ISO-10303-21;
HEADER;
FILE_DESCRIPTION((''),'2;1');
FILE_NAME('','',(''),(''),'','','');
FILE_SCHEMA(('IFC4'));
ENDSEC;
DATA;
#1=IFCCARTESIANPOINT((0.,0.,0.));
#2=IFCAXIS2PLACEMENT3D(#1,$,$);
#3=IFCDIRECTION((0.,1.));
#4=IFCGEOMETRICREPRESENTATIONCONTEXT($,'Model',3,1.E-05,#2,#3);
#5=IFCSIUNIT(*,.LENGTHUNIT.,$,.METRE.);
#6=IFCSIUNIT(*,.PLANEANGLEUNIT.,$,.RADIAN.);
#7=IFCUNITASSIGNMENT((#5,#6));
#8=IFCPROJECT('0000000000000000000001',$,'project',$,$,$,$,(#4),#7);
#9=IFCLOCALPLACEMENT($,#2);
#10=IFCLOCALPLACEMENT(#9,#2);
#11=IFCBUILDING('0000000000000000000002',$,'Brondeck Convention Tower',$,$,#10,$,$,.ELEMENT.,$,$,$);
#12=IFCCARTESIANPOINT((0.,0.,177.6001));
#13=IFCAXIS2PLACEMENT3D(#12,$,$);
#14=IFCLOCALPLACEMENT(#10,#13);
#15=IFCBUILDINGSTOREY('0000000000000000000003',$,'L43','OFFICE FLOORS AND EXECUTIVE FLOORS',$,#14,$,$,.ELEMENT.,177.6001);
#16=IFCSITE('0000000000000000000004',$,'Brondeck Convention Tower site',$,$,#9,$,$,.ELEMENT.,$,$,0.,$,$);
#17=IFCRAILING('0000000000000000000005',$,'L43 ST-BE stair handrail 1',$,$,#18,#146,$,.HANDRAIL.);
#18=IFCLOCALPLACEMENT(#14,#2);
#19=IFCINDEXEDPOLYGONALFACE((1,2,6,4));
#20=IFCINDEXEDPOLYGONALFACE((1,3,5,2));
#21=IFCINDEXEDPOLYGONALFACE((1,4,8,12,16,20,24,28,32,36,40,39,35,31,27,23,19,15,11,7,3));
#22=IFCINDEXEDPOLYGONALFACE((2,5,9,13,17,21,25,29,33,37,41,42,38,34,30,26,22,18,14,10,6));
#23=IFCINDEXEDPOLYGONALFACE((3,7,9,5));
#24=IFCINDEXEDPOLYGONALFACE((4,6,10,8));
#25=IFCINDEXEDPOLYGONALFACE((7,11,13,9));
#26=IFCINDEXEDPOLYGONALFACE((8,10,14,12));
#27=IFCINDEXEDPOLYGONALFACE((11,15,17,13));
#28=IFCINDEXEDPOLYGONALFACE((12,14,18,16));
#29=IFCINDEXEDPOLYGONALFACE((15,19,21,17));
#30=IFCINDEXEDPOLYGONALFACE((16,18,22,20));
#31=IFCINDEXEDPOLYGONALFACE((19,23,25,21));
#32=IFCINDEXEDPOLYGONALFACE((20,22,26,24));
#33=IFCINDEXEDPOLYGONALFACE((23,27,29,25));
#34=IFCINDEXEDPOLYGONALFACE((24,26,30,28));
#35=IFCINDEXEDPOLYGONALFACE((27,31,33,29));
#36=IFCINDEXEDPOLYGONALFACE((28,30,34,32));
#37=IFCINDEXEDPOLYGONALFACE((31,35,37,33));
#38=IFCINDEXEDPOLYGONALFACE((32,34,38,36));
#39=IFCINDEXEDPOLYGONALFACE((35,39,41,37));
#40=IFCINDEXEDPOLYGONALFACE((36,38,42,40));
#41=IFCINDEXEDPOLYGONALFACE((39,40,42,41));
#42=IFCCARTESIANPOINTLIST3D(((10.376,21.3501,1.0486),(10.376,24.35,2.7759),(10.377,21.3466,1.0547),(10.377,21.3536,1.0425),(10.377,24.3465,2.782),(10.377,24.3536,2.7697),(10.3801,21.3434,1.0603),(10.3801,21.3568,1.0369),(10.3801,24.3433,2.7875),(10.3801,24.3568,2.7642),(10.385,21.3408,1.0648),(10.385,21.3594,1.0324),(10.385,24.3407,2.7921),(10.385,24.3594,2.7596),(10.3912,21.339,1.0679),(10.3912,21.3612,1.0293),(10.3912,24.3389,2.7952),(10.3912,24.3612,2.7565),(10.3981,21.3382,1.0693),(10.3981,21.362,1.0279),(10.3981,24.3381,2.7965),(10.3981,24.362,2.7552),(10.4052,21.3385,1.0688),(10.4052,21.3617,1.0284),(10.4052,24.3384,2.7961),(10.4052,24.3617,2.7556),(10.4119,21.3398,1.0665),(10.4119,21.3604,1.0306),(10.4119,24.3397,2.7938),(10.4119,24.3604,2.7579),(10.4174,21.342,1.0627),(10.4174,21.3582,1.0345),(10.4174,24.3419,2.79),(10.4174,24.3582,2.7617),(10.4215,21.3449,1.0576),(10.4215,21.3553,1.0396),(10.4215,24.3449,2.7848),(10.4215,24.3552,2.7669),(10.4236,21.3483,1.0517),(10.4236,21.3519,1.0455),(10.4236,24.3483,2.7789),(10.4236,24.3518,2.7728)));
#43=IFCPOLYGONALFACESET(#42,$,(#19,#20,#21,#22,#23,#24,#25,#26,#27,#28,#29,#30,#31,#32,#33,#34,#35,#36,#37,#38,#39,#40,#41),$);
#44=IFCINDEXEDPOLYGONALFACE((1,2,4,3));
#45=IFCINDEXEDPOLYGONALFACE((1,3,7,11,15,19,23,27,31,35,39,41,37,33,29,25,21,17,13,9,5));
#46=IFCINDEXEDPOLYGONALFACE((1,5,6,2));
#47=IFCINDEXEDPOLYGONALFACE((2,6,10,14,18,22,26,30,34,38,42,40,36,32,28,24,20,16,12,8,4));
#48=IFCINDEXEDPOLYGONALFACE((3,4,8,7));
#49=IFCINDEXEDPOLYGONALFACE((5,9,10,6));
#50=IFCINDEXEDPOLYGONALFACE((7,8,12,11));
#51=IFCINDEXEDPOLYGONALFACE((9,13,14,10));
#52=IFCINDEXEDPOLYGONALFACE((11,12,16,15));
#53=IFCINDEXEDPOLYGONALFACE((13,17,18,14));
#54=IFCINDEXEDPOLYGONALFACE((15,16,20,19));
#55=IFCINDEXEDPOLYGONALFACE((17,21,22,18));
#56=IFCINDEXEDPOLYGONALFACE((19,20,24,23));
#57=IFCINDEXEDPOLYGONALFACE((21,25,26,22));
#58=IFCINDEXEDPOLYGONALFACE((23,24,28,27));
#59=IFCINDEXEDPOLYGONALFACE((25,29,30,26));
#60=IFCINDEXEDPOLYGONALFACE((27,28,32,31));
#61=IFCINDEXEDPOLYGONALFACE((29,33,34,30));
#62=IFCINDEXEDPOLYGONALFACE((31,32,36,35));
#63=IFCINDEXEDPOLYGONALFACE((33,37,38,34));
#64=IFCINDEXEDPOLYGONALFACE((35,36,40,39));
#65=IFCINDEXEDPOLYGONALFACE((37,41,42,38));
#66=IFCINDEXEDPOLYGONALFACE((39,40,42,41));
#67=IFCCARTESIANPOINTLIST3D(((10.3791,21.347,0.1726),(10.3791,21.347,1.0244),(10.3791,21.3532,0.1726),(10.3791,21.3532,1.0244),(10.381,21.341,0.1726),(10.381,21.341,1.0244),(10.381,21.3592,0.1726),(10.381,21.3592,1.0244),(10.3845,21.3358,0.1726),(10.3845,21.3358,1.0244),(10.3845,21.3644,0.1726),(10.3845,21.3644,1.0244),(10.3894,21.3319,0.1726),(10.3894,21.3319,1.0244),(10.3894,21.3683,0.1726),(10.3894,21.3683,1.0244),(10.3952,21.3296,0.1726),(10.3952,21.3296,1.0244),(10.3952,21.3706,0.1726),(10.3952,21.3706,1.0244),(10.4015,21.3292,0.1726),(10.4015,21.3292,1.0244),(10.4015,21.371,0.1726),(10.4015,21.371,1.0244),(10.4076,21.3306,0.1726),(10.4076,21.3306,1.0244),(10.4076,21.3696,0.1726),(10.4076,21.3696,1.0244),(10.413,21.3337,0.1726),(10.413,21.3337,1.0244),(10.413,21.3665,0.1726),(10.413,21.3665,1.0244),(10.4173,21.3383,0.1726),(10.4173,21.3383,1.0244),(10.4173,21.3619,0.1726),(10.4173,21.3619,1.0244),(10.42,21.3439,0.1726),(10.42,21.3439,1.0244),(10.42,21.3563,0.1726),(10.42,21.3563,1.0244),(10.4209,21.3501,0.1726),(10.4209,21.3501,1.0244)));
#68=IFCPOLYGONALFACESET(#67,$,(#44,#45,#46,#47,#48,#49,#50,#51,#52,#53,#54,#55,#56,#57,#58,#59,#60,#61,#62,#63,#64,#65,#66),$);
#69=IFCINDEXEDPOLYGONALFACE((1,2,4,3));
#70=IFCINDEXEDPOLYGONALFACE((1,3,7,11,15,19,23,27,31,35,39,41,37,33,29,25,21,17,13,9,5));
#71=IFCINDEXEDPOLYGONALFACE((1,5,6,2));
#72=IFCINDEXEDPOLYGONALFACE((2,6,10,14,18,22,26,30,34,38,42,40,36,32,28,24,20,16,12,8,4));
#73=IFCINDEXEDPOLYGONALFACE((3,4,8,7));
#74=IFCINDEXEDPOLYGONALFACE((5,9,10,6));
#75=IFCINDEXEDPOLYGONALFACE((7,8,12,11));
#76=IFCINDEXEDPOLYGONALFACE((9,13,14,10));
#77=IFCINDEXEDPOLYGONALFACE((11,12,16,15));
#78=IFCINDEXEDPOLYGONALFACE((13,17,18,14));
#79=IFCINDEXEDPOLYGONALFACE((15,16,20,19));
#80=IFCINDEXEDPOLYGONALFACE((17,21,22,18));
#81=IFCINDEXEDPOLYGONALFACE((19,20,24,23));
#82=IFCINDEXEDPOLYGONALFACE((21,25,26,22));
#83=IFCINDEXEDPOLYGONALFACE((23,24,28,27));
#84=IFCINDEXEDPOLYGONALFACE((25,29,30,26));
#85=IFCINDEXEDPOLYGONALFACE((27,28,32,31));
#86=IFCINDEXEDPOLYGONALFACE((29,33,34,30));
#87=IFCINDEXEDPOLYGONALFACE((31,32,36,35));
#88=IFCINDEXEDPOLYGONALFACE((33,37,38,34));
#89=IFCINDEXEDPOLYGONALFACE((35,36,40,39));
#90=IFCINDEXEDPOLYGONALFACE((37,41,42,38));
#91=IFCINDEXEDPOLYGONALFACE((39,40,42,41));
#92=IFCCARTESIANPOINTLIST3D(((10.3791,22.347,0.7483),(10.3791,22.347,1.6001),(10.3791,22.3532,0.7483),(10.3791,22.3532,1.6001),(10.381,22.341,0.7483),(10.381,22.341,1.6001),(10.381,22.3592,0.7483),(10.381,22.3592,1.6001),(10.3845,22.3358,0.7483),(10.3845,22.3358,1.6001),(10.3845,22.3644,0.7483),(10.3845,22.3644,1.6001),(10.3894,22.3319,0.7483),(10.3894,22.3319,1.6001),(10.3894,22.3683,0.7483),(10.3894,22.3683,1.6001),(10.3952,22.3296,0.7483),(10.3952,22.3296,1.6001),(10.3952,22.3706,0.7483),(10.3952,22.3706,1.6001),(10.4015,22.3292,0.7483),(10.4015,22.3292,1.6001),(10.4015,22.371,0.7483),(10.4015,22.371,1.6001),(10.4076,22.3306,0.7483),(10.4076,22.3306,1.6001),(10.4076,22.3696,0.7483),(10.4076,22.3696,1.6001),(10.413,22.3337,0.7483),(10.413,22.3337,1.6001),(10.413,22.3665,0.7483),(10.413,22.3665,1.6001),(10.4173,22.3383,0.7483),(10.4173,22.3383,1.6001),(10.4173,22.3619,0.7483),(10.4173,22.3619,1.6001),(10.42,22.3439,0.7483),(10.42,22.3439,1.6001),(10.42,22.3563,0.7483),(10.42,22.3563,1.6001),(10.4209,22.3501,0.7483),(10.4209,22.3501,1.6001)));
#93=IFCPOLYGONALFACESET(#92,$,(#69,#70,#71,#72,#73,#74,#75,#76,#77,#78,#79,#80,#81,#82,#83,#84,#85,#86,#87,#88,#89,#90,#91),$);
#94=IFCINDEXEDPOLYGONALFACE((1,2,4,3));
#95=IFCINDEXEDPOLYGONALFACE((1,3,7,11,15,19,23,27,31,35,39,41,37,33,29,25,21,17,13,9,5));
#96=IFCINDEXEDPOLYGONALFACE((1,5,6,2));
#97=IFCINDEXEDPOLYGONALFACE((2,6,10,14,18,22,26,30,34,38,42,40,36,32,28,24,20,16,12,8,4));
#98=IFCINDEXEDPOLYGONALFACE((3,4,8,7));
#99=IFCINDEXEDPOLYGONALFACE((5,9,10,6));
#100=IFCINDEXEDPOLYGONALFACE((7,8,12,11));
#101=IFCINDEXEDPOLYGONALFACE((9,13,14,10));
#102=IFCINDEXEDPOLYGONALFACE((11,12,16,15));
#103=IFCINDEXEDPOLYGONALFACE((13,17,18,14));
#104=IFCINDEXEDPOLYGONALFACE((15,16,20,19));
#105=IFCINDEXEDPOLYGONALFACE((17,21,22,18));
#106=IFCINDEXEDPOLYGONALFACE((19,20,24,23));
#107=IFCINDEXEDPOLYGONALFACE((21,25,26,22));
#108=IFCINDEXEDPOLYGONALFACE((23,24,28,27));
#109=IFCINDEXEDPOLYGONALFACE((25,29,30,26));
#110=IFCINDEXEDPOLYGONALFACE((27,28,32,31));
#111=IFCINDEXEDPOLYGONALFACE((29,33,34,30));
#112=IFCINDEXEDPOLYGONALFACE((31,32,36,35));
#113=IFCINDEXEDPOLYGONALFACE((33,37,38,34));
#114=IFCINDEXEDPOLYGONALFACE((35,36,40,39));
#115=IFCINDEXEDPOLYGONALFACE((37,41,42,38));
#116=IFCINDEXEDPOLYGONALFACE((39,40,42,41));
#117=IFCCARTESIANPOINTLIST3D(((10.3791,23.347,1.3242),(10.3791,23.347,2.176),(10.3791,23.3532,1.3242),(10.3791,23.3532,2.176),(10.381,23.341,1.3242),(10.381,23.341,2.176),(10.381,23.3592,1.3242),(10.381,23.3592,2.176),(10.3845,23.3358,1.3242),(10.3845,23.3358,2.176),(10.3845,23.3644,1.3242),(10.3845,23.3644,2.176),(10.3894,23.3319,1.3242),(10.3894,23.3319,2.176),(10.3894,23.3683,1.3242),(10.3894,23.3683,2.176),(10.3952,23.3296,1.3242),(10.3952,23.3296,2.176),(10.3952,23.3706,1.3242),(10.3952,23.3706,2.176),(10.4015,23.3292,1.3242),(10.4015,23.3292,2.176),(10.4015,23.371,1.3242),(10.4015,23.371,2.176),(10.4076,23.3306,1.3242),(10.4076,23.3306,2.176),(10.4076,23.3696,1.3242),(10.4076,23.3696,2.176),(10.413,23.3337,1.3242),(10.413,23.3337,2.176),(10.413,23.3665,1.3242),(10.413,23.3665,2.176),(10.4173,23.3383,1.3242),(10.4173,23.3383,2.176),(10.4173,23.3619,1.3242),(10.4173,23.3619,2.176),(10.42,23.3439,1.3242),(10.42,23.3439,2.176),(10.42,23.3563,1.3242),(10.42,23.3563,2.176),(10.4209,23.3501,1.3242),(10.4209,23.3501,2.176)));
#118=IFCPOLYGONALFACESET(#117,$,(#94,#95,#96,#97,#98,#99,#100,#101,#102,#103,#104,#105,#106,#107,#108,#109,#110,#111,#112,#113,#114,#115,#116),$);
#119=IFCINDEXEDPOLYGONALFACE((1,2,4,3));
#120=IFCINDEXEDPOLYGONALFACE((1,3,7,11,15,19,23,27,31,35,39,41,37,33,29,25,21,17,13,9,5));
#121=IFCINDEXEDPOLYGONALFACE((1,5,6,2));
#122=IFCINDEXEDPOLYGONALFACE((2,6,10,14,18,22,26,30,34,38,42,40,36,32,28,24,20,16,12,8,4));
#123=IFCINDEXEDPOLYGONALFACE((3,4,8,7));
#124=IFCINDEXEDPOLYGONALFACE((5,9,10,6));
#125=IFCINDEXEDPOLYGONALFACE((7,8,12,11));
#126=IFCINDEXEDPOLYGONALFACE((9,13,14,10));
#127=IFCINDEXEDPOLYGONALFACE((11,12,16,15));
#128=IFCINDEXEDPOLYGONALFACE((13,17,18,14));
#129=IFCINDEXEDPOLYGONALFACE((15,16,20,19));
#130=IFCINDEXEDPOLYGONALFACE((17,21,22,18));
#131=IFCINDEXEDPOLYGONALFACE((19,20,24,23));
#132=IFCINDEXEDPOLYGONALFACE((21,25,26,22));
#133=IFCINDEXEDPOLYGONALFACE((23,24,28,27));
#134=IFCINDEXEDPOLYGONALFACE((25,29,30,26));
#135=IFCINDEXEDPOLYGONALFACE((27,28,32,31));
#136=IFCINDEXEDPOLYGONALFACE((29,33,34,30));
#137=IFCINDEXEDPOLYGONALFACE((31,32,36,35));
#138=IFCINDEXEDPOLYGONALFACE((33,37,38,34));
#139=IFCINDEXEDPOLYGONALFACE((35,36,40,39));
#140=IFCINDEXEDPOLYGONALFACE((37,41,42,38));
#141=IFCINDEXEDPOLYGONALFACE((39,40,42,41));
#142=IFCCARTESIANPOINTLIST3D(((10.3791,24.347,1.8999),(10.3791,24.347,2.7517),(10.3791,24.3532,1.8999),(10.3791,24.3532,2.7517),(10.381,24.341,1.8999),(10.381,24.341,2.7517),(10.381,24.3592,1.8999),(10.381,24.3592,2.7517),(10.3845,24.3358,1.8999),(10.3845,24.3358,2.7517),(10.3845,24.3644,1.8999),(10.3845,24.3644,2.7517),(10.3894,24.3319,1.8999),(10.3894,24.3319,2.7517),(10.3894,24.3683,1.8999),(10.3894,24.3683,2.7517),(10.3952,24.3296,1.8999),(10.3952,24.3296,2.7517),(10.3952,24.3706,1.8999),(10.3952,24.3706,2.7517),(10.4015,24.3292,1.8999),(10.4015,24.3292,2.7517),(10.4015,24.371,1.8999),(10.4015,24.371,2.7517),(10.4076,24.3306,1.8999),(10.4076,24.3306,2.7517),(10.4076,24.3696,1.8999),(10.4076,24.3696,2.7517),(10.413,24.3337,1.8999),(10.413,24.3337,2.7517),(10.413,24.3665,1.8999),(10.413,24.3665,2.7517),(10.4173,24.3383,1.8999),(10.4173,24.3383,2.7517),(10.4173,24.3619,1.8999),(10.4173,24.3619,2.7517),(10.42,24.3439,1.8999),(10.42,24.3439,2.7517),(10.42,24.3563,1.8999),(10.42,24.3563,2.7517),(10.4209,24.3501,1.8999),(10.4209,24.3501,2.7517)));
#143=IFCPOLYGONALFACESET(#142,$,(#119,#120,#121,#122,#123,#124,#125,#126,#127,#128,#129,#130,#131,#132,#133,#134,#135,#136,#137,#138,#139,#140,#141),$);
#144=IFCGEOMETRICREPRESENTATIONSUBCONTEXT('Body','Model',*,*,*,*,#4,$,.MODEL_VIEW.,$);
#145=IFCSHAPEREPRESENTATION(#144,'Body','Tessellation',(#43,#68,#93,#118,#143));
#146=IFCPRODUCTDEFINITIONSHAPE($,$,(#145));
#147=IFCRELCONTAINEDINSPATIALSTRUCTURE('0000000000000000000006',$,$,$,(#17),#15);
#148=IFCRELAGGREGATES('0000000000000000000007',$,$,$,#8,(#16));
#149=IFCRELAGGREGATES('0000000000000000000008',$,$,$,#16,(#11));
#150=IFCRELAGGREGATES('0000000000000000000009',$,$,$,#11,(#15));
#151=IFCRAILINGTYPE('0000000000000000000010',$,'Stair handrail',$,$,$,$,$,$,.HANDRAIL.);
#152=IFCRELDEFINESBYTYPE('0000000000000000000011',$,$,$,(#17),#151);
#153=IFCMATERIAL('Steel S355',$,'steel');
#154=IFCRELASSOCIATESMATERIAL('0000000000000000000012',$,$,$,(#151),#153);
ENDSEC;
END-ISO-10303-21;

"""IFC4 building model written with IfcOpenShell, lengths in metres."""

from ifc_helpers import new_model, si_unit, direction, frame, origin, origin_2d, place, context, subcontext, project, spatial, circle, extrude, material, type_object, element, save


model = new_model("IFC4")

# Units and contexts
model_context = context("Model", 3, precision=1e-05, world=origin(), true_north=direction((0.0, 1.0)))
body_context = subcontext(model_context, "Body", "Model", "MODEL_VIEW")
ifc_project = project(units=[si_unit("LENGTHUNIT", "METRE"), si_unit("PLANEANGLEUNIT", "RADIAN")], contexts=[model_context])

# Site, building, storey
site_placement = place(None, origin())
site = spatial("IfcSite", under=ifc_project, at=site_placement, Name="Brondeck Convention Tower site", CompositionType="ELEMENT", RefElevation=0.0)
building_placement = place(site_placement, origin())
building = spatial("IfcBuilding", under=site, at=building_placement, Name="Brondeck Convention Tower", CompositionType="ELEMENT")
storey_placement = place(building_placement, frame((0.0, 0.0, 177.6001)))
storey = spatial("IfcBuildingStorey", under=building, at=storey_placement, Name="L43", Description="OFFICE FLOORS AND EXECUTIVE FLOORS", CompositionType="ELEMENT", Elevation=177.6001)

# Shared definitions
ifc_material_1 = material(Name="Steel S355", Category="steel")

# Railing
railing_type_1 = type_object("IfcRailingType", Name="Stair handrail", PredefinedType="HANDRAIL", material=ifc_material_1)
railing_1_placement = place(storey_placement, frame((10.3999, 21.3501, 0.1726)))
element("IfcRailing", 1, at=railing_1_placement, inside=storey, type_object=railing_type_1, Name="L43 ST-BE stair handrail 1", PredefinedType="HANDRAIL", context=body_context, shape_type="SweptSolid", body=[
    extrude(circle(Radius=0.0239, at=origin_2d()), frame((0.0, 0.0, 0.876), z_axis=(0.0, 0.86662, 0.498969), x_axis=(-1.0, 0.0, 0.0)), (0.0, 0.0, 1.0), 3.4617),
    extrude(circle(Radius=0.021, at=origin_2d()), origin(), (0.0, 0.0, 1.0), 0.8518),
    extrude(circle(Radius=0.021, at=origin_2d()), frame((0.0, 1.0, 0.5757)), (0.0, 0.0, 1.0), 0.8518),
    extrude(circle(Radius=0.021, at=origin_2d()), frame((0.0, 2.0, 1.1516)), (0.0, 0.0, 1.0), 0.8518),
    extrude(circle(Radius=0.021, at=origin_2d()), frame((0.0, 3.0, 1.7273)), (0.0, 0.0, 1.0), 0.8518),
])

save(model, "model.ifc")
